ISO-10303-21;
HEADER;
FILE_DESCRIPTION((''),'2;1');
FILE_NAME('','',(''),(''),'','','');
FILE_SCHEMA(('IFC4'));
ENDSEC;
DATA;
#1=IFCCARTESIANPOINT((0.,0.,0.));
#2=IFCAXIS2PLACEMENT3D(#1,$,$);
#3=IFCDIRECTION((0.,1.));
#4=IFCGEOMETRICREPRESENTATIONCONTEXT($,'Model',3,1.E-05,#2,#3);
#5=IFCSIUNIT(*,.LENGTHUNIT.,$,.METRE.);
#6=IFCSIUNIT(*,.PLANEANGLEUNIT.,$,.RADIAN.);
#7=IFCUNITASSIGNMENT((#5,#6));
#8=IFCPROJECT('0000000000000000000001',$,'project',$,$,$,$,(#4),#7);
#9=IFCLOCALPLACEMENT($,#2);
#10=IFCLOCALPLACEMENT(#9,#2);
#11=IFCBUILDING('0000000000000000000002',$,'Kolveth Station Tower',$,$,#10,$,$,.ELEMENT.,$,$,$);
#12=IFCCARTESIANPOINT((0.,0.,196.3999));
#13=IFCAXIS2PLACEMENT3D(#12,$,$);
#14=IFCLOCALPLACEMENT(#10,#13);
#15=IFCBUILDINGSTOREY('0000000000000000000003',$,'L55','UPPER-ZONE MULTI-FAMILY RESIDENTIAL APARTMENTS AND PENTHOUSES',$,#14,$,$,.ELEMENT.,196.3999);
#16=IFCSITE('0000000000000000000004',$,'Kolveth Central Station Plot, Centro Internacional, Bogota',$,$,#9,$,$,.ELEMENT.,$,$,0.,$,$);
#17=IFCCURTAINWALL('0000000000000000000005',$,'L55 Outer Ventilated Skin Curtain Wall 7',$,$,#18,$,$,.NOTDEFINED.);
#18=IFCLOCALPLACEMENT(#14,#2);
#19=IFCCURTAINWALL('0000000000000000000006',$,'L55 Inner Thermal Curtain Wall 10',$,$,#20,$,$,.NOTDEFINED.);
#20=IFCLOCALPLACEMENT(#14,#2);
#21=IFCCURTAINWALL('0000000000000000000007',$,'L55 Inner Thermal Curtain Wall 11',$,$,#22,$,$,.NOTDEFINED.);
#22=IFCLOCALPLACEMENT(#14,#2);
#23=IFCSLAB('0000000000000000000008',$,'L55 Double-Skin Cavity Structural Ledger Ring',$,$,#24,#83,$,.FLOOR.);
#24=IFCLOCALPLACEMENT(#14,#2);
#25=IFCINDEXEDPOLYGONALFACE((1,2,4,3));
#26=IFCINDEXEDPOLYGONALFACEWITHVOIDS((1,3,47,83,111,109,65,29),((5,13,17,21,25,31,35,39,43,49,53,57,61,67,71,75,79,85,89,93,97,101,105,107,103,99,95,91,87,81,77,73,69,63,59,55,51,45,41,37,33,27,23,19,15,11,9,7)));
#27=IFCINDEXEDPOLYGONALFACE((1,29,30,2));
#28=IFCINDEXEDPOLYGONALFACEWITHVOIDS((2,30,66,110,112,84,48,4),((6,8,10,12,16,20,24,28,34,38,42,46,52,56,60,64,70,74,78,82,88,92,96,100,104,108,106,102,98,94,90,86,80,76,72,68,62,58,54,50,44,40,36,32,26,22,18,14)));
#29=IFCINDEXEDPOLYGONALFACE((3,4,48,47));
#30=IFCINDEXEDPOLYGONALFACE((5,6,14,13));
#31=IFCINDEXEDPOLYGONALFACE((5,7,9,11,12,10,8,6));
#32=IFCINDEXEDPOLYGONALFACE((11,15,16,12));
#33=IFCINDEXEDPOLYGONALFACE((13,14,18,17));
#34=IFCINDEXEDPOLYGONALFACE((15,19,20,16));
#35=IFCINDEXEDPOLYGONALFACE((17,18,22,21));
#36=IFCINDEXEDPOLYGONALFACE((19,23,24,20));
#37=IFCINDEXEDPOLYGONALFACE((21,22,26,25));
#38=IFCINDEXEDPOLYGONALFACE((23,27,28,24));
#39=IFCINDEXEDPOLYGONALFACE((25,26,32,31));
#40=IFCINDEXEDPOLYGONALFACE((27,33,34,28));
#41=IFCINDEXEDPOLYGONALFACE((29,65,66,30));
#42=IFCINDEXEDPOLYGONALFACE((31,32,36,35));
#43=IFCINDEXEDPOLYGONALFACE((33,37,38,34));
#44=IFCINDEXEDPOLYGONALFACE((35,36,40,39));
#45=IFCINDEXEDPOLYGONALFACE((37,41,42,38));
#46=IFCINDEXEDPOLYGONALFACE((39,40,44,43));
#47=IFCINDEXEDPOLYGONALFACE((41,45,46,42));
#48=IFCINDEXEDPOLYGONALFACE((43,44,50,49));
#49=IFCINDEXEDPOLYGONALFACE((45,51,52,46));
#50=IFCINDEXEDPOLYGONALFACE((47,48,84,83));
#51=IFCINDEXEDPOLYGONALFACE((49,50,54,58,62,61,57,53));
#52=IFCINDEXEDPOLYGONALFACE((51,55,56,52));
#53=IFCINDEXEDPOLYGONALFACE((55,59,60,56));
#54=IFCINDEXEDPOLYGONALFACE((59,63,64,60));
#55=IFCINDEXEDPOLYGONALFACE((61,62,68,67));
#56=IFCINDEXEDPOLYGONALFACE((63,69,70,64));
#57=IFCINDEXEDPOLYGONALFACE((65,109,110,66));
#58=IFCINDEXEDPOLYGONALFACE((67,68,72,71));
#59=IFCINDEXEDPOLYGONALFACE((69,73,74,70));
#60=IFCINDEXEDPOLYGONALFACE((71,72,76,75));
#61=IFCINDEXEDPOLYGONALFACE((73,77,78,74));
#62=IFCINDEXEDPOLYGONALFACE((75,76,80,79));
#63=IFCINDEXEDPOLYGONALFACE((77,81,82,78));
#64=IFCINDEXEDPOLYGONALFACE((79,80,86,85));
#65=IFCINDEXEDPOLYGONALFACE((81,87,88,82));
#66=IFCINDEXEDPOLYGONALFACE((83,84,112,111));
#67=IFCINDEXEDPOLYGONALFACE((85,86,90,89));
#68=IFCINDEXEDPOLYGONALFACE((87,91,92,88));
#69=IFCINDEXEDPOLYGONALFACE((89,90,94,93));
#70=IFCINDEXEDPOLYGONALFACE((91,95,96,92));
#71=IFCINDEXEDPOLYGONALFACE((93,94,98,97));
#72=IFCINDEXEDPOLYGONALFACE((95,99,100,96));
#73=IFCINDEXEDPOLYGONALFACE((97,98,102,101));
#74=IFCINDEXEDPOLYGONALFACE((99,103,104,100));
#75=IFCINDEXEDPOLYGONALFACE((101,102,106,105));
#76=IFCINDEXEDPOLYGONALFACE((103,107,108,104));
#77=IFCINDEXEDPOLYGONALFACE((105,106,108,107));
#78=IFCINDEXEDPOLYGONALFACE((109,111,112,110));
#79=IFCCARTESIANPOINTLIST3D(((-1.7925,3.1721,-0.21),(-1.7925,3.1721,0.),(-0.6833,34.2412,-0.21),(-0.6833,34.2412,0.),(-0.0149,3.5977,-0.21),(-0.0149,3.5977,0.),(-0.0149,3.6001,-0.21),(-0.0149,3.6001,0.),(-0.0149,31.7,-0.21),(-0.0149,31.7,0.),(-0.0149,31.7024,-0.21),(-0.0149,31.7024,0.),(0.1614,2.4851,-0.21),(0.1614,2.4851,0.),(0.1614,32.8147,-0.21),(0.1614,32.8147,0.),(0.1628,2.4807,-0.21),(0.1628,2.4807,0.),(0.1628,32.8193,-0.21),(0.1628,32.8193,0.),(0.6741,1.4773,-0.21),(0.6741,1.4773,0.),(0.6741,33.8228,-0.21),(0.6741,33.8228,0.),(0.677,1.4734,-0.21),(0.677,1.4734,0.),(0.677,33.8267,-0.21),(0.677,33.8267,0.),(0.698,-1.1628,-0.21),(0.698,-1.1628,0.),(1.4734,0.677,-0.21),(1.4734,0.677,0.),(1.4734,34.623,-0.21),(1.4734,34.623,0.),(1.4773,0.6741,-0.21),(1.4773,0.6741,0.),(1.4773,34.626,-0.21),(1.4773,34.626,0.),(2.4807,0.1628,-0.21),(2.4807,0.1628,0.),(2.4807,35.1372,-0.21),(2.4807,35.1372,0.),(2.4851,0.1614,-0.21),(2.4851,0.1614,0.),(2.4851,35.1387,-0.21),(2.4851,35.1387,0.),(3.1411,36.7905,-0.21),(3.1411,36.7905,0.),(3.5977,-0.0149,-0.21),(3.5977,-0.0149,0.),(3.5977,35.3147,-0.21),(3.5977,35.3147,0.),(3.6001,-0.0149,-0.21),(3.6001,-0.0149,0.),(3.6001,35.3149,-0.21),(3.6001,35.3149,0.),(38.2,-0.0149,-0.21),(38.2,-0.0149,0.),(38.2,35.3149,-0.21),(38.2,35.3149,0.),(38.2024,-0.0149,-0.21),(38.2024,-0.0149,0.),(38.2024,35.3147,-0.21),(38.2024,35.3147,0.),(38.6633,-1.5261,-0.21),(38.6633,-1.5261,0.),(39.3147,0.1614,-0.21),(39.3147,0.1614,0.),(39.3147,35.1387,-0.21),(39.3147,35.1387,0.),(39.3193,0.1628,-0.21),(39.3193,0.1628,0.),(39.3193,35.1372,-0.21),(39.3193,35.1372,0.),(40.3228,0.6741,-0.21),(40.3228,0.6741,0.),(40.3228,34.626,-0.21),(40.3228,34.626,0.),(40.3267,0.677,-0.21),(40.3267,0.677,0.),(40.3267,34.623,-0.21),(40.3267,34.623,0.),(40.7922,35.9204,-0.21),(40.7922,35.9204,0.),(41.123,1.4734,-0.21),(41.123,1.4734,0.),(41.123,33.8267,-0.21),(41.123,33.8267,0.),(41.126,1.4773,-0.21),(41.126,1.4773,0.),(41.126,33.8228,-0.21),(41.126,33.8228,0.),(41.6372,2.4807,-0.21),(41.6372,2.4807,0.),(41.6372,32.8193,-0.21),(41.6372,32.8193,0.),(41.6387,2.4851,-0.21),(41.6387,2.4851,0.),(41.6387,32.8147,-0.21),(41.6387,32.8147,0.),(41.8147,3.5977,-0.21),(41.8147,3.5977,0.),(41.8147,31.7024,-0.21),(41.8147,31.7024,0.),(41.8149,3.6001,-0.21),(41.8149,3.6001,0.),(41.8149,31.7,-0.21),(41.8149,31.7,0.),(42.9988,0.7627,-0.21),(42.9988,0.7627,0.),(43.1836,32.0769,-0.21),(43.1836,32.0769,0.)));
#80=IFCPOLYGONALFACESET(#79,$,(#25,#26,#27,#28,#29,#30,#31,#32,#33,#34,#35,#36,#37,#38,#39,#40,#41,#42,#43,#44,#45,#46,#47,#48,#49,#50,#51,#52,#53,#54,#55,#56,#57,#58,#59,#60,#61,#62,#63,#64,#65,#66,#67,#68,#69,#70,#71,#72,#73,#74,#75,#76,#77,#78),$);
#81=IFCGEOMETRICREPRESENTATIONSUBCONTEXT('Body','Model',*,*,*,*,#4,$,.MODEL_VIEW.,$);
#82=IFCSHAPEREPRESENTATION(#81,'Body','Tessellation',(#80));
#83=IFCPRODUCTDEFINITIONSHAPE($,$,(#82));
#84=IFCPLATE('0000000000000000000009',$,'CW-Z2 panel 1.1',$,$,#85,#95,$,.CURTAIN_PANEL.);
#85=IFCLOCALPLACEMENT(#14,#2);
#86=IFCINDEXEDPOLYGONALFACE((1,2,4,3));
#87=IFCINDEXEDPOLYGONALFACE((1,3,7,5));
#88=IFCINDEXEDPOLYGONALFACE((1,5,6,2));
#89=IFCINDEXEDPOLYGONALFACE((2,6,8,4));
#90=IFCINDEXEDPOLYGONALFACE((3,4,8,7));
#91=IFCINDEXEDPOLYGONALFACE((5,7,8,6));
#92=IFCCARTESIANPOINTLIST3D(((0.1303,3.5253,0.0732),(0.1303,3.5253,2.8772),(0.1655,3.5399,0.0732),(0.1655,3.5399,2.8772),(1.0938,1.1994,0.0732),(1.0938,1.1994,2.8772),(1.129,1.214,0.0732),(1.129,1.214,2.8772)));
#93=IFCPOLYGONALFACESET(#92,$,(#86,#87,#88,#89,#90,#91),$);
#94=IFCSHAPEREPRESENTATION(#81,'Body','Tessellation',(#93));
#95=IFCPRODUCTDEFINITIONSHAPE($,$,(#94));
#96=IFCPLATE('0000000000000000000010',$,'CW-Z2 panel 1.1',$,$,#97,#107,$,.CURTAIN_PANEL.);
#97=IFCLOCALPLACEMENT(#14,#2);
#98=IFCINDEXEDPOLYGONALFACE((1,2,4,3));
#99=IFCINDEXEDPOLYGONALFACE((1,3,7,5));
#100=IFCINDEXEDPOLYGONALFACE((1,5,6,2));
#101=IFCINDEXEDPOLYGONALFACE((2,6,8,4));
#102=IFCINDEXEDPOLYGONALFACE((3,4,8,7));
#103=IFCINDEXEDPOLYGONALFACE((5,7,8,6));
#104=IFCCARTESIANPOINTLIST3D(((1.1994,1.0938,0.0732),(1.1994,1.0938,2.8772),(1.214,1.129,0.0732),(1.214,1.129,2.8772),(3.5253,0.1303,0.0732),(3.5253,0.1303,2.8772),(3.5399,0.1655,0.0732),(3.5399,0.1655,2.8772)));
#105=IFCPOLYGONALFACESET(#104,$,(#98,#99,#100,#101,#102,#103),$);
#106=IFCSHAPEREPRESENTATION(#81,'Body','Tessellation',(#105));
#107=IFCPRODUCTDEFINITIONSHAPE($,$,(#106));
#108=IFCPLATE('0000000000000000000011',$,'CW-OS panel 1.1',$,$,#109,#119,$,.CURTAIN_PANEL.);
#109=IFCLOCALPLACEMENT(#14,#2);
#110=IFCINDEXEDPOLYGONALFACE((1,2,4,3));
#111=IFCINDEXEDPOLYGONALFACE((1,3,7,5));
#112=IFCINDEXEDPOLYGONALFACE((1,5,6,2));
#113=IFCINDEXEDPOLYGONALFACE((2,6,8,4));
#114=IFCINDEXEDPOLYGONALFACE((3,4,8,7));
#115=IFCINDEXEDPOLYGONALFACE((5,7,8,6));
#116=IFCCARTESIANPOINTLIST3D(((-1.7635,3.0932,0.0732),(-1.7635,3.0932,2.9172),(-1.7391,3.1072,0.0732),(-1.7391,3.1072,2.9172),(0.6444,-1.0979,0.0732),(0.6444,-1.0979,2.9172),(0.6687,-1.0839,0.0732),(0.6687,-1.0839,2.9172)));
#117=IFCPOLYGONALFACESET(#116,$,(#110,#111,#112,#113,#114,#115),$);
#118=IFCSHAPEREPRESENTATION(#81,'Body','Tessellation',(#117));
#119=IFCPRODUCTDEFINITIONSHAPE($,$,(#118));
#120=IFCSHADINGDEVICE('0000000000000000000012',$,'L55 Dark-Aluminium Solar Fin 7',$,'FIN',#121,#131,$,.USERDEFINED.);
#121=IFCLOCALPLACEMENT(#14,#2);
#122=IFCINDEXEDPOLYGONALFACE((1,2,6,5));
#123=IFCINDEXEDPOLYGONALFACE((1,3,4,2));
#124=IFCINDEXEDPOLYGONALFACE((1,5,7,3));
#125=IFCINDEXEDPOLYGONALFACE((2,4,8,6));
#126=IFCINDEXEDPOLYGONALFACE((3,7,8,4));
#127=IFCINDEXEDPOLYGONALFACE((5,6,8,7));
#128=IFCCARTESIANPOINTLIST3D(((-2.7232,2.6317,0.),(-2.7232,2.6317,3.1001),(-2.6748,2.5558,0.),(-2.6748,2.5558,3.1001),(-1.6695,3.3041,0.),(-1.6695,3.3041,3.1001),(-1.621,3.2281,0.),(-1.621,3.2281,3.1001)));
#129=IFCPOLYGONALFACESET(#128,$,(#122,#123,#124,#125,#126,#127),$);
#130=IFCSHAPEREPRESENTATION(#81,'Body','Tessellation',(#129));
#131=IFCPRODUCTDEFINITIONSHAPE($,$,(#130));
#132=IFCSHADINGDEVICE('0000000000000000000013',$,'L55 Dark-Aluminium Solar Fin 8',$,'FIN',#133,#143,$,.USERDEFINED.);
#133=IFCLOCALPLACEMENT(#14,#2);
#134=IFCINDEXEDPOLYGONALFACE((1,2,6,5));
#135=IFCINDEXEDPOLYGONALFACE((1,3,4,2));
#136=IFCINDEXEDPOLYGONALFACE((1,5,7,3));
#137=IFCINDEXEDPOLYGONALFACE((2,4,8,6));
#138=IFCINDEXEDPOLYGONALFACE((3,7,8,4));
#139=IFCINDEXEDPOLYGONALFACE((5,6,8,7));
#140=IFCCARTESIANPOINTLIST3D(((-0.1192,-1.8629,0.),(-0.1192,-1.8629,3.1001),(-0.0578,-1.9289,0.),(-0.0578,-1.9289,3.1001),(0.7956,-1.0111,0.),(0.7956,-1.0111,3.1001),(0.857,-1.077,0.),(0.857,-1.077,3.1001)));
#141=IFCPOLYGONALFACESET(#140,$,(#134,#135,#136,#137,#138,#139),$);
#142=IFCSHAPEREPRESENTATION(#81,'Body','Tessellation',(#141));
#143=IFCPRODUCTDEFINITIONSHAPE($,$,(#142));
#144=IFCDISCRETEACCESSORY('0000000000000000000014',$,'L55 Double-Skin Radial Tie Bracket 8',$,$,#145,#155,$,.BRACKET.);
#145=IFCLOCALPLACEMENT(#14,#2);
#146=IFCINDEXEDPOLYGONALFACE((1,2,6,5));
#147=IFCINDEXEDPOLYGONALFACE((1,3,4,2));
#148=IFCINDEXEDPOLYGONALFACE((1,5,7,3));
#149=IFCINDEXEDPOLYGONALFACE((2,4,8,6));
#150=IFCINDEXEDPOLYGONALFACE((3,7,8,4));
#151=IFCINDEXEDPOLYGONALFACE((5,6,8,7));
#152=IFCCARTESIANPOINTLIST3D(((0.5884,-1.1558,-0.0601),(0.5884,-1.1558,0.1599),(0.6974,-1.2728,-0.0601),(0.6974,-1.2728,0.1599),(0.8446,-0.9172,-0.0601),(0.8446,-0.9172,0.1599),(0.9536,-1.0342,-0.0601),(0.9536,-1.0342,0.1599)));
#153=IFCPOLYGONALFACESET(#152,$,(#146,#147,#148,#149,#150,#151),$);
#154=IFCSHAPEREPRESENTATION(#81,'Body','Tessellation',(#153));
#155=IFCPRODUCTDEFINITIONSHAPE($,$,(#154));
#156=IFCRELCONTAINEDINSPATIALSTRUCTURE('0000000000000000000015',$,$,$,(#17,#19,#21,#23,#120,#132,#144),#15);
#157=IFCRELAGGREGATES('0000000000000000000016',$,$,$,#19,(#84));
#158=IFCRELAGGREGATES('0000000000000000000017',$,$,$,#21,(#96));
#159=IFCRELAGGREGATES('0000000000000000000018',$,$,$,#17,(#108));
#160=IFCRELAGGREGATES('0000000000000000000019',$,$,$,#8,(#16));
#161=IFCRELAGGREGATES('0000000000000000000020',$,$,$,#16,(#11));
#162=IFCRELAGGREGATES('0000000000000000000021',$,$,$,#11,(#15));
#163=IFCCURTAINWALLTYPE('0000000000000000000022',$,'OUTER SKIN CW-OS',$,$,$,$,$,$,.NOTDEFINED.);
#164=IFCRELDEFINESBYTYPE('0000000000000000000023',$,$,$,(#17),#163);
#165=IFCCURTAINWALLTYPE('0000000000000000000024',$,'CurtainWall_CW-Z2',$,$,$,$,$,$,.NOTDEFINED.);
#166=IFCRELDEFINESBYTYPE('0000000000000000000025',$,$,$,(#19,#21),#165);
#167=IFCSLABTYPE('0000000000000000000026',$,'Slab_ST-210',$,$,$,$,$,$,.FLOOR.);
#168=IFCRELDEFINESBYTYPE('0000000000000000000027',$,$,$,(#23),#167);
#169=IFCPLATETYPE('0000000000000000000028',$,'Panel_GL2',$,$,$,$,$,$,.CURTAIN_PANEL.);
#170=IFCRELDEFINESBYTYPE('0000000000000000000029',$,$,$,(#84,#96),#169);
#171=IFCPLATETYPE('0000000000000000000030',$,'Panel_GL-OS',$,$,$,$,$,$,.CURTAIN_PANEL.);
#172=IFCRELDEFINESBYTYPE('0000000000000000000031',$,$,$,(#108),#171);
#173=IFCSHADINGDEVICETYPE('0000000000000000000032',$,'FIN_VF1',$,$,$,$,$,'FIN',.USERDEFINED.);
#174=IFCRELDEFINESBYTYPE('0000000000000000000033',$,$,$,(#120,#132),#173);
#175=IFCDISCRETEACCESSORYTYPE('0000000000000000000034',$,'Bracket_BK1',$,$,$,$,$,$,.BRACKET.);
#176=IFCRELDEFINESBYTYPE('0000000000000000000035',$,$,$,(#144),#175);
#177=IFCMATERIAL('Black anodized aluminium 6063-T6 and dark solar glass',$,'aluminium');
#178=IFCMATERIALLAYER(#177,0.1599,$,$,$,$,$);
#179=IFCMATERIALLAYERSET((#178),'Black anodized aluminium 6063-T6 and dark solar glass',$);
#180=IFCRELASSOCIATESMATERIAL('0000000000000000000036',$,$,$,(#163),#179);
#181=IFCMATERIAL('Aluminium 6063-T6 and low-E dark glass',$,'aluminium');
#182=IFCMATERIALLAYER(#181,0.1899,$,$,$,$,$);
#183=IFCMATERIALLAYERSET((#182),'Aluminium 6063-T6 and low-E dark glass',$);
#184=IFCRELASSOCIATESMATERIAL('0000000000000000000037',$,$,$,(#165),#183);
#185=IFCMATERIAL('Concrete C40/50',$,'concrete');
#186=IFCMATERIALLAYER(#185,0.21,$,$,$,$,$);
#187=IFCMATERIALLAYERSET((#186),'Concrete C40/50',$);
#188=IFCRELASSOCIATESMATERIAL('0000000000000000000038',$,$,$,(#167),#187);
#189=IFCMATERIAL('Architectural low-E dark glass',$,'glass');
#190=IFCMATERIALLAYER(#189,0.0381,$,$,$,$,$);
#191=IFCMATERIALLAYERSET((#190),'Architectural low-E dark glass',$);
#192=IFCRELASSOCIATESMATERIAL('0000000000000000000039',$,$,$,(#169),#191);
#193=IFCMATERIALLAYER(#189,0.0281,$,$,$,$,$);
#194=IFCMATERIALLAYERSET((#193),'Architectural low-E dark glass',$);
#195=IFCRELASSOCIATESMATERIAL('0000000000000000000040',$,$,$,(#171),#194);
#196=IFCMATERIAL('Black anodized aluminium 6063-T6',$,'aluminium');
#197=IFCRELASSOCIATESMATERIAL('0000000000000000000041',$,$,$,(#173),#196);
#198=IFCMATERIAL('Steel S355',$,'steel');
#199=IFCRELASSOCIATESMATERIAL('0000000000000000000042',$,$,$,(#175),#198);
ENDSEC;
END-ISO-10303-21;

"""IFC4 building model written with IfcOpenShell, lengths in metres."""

from ifc_helpers import new_model, si_unit, direction, frame, origin, origin_2d, place, context, subcontext, project, spatial, polyline, rectangle, outline, extrude, source, transform, mapped, material, layer, layer_set, type_object, element, aggregate, save


model = new_model("IFC4")

# Units and contexts
model_context = context("Model", 3, precision=1e-05, world=origin(), true_north=direction((0.0, 1.0)))
body_context = subcontext(model_context, "Body", "Model", "MODEL_VIEW")
ifc_project = project(units=[si_unit("LENGTHUNIT", "METRE"), si_unit("PLANEANGLEUNIT", "RADIAN")], contexts=[model_context])

# Site, building, storey
site_placement = place(None, origin())
site = spatial("IfcSite", under=ifc_project, at=site_placement, Name="Kolveth Central Station Plot, Centro Internacional, Bogota", CompositionType="ELEMENT", RefElevation=0.0)
building_placement = place(site_placement, origin())
building = spatial("IfcBuilding", under=site, at=building_placement, Name="Kolveth Station Tower", CompositionType="ELEMENT")
storey_placement = place(building_placement, frame((0.0, 0.0, 196.3999)))
storey = spatial("IfcBuildingStorey", under=building, at=storey_placement, Name="L55", Description="UPPER-ZONE MULTI-FAMILY RESIDENTIAL APARTMENTS AND PENTHOUSES", CompositionType="ELEMENT", Elevation=196.3999)

# Curtain walls
ifc_material_1 = material(Name="Black anodized aluminium 6063-T6 and dark solar glass", Category="aluminium")
ifc_layer_1 = layer(ifc_material_1, 0.1599)
ifc_layer_set_1 = layer_set([ifc_layer_1], Name="Black anodized aluminium 6063-T6 and dark solar glass")
curtain_wall_type_1 = type_object("IfcCurtainWallType", Name="OUTER SKIN CW-OS", PredefinedType="NOTDEFINED", material=ifc_layer_set_1)
curtain_wall_1_placement = place(storey_placement, origin())
curtain_wall_1 = element("IfcCurtainWall", 1, at=curtain_wall_1_placement, inside=storey, type_object=curtain_wall_type_1, Name="L55 Outer Ventilated Skin Curtain Wall 7", PredefinedType="NOTDEFINED")
ifc_material_2 = material(Name="Black anodized aluminium 6063-T6", Category="aluminium")
ifc_material_3 = material(Name="Aluminium 6063-T6 and low-E dark glass", Category="aluminium")
ifc_layer_2 = layer(ifc_material_3, 0.1899)
ifc_layer_set_2 = layer_set([ifc_layer_2], Name="Aluminium 6063-T6 and low-E dark glass")
curtain_wall_type_2 = type_object("IfcCurtainWallType", Name="CurtainWall_CW-Z2", PredefinedType="NOTDEFINED", material=ifc_layer_set_2)
curtain_wall_2_placement = place(storey_placement, origin())
curtain_wall_2 = element("IfcCurtainWall", 2, at=curtain_wall_2_placement, inside=storey, type_object=curtain_wall_type_2, Name="L55 Inner Thermal Curtain Wall 10", PredefinedType="NOTDEFINED")

# Curtain wall
curtain_wall_3_placement = place(storey_placement, origin())
curtain_wall_3 = element("IfcCurtainWall", 3, at=curtain_wall_3_placement, inside=storey, type_object=curtain_wall_type_2, Name="L55 Inner Thermal Curtain Wall 11", PredefinedType="NOTDEFINED")

# Shared definitions
ifc_material_4 = material(Name="Concrete C40/50", Category="concrete")

# Slab
ifc_layer_3 = layer(ifc_material_4, 0.21)
ifc_layer_set_3 = layer_set([ifc_layer_3], Name="Concrete C40/50")
slab_type_1 = type_object("IfcSlabType", Name="Slab_ST-210", PredefinedType="FLOOR", material=ifc_layer_set_3)
slab_1_placement = place(storey_placement, frame((0.0, 0.0, -0.21)))
element("IfcSlab", 4, at=slab_1_placement, inside=storey, type_object=slab_type_1, Name="L55 Double-Skin Cavity Structural Ledger Ring", PredefinedType="FLOOR", context=body_context, shape_type="SweptSolid", body=[
    extrude(outline(polyline([(0.698, -1.1628), (-1.7925, 3.1721), (-0.6833, 34.2412), (3.1411, 36.7905), (40.7922, 35.9204), (43.1836, 32.0769), (42.9988, 0.7627), (38.6633, -1.5261), (0.698, -1.1628)]), holes=[polyline([(38.2024, -0.0149), (39.3147, 0.1614), (39.3193, 0.1628), (40.3228, 0.6741), (40.3267, 0.677), (41.123, 1.4734), (41.126, 1.4773), (41.6372, 2.4807), (41.6387, 2.4851), (41.8147, 3.5977), (41.8149, 3.6001), (41.8149, 31.7), (41.8147, 31.7024), (41.6387, 32.8147), (41.6372, 32.8193), (41.126, 33.8228), (41.123, 33.8267), (40.3267, 34.623), (40.3228, 34.626), (39.3193, 35.1372), (39.3147, 35.1387), (38.2024, 35.3147), (38.2, 35.3149), (3.6001, 35.3149), (3.5977, 35.3147), (2.4851, 35.1387), (2.4807, 35.1372), (1.4773, 34.626), (1.4734, 34.623), (0.677, 33.8267), (0.6741, 33.8228), (0.1628, 32.8193), (0.1614, 32.8147), (-0.0149, 31.7024), (-0.0149, 31.7), (-0.0149, 3.6001), (-0.0149, 3.5977), (0.1614, 2.4851), (0.1628, 2.4807), (0.6741, 1.4773), (0.677, 1.4734), (1.4734, 0.677), (1.4773, 0.6741), (2.4807, 0.1628), (2.4851, 0.1614), (3.5977, -0.0149), (3.6001, -0.0149), (38.2, -0.0149), (38.2024, -0.0149)])]), origin(), (0.0, 0.0, 1.0), 0.21),
])

# Plates
ifc_material_5 = material(Name="Architectural low-E dark glass", Category="glass")
ifc_layer_4 = layer(ifc_material_5, 0.0381)
ifc_layer_set_4 = layer_set([ifc_layer_4], Name="Architectural low-E dark glass")
plate_type_1 = type_object("IfcPlateType", Name="Panel_GL2", PredefinedType="CURTAIN_PANEL", material=ifc_layer_set_4)
shared_shape_1 = source(origin(), body_context, "Body", "SweptSolid", [
    extrude(rectangle(XDim=2.5176, YDim=0.0381, at=origin_2d()), origin(), (0.0, 0.0, 1.0), 2.804),
])
plate_1_placement = place(storey_placement, frame((0.6296, 2.3696, 0.0732), z_axis=(0.0, 0.0, 1.0), x_axis=(0.382698, -0.923874, 0.0)))
plate_1 = element("IfcPlate", 5, at=plate_1_placement, type_object=plate_type_1, Name="CW-Z2 panel 1.1", PredefinedType="CURTAIN_PANEL", context=body_context, shape_type="MappedRepresentation", body=[
    mapped(shared_shape_1, transform((0.0, 0.0, 0.0), x_axis=(1.0, 0.0, 0.0), y_axis=(0.0, 1.0, 0.0), z_axis=(0.0, 0.0, 1.0), scale=1.0)),
])
aggregate(curtain_wall_2, [plate_1])
plate_2_placement = place(storey_placement, frame((2.3696, 0.6296, 0.0732), z_axis=(0.0, 0.0, 1.0), x_axis=(0.923874, -0.382698, 0.0)))
plate_2 = element("IfcPlate", 6, at=plate_2_placement, type_object=plate_type_1, Name="CW-Z2 panel 1.1", PredefinedType="CURTAIN_PANEL", context=body_context, shape_type="MappedRepresentation", body=[
    mapped(shared_shape_1, transform((0.0, 0.0, 0.0), x_axis=(1.0, 0.0, 0.0), y_axis=(0.0, 1.0, 0.0), z_axis=(0.0, 0.0, 1.0), scale=1.0)),
])
aggregate(curtain_wall_3, [plate_2])
ifc_layer_5 = layer(ifc_material_5, 0.0281)
ifc_layer_set_5 = layer_set([ifc_layer_5], Name="Architectural low-E dark glass")
plate_type_2 = type_object("IfcPlateType", Name="Panel_GL-OS", PredefinedType="CURTAIN_PANEL", material=ifc_layer_set_5)
shared_shape_2 = source(origin(), body_context, "Body", "SweptSolid", [
    extrude(rectangle(XDim=4.8335, YDim=0.0281, at=origin_2d()), origin(), (0.0, 0.0, 1.0), 2.844),
])
plate_3_placement = place(storey_placement, frame((-0.5474, 1.0046, 0.0732), z_axis=(0.0, 0.0, 1.0), x_axis=(0.49816, -0.867085, 0.0)))
plate_3 = element("IfcPlate", 7, at=plate_3_placement, type_object=plate_type_2, Name="CW-OS panel 1.1", PredefinedType="CURTAIN_PANEL", context=body_context, shape_type="MappedRepresentation", body=[
    mapped(shared_shape_2, transform((0.0, 0.0, 0.0), x_axis=(1.0, 0.0, 0.0), y_axis=(0.0, 1.0, 0.0), z_axis=(0.0, 0.0, 1.0), scale=1.0)),
])
aggregate(curtain_wall_1, [plate_3])

# Shading devices
shading_device_type = type_object("IfcShadingDeviceType", Name="FIN_VF1", ElementType="FIN", PredefinedType="USERDEFINED", material=ifc_material_2)
shared_shape_3 = source(origin(), body_context, "Body", "SweptSolid", [
    extrude(rectangle(XDim=1.25, YDim=0.0901, at=origin_2d()), origin(), (0.0, 0.0, 1.0), 3.1001),
])
for number, where, z_axis, x_axis, name in (
    (8, (-2.1721, 2.9299, 0.0), (0.0, 0.0, 1.0), (-0.843016, -0.537888, 0.0), "L55 Dark-Aluminium Solar Fin 7"),
    (9, (0.3689, -1.47, 0.0), (0.0, 0.0, 1.0), (-0.73183, -0.681488, 0.0), "L55 Dark-Aluminium Solar Fin 8"),
):
    element("IfcShadingDevice", number, at=place(storey_placement, frame(where, z_axis=z_axis, x_axis=x_axis)), inside=storey, type_object=shading_device_type, Name=name, ObjectType="FIN", PredefinedType="USERDEFINED", context=body_context, shape_type="MappedRepresentation", body=[
        mapped(shared_shape_3, transform((0.0, 0.0, 0.0), x_axis=(1.0, 0.0, 0.0), y_axis=(0.0, 1.0, 0.0), z_axis=(0.0, 0.0, 1.0), scale=1.0)),
    ])

# Discrete accessory
ifc_material_6 = material(Name="Steel S355", Category="steel")
discrete_accessory_type = type_object("IfcDiscreteAccessoryType", Name="Bracket_BK1", PredefinedType="BRACKET", material=ifc_material_6)
shared_shape_4 = source(origin(), body_context, "Body", "SweptSolid", [
    extrude(rectangle(XDim=0.3501, YDim=0.1599, at=origin_2d()), origin(), (0.0, 0.0, 1.0), 0.22),
])
discrete_accessory_placement = place(storey_placement, frame((0.771, -1.095, -0.0601), z_axis=(0.0, 0.0, 1.0), x_axis=(-0.73183, -0.681488, 0.0)))
element("IfcDiscreteAccessory", 10, at=discrete_accessory_placement, inside=storey, type_object=discrete_accessory_type, Name="L55 Double-Skin Radial Tie Bracket 8", PredefinedType="BRACKET", context=body_context, shape_type="MappedRepresentation", body=[
    mapped(shared_shape_4, transform((0.0, 0.0, 0.0), x_axis=(1.0, 0.0, 0.0), y_axis=(0.0, 1.0, 0.0), z_axis=(0.0, 0.0, 1.0), scale=1.0)),
])

save(model, "model.ifc")
